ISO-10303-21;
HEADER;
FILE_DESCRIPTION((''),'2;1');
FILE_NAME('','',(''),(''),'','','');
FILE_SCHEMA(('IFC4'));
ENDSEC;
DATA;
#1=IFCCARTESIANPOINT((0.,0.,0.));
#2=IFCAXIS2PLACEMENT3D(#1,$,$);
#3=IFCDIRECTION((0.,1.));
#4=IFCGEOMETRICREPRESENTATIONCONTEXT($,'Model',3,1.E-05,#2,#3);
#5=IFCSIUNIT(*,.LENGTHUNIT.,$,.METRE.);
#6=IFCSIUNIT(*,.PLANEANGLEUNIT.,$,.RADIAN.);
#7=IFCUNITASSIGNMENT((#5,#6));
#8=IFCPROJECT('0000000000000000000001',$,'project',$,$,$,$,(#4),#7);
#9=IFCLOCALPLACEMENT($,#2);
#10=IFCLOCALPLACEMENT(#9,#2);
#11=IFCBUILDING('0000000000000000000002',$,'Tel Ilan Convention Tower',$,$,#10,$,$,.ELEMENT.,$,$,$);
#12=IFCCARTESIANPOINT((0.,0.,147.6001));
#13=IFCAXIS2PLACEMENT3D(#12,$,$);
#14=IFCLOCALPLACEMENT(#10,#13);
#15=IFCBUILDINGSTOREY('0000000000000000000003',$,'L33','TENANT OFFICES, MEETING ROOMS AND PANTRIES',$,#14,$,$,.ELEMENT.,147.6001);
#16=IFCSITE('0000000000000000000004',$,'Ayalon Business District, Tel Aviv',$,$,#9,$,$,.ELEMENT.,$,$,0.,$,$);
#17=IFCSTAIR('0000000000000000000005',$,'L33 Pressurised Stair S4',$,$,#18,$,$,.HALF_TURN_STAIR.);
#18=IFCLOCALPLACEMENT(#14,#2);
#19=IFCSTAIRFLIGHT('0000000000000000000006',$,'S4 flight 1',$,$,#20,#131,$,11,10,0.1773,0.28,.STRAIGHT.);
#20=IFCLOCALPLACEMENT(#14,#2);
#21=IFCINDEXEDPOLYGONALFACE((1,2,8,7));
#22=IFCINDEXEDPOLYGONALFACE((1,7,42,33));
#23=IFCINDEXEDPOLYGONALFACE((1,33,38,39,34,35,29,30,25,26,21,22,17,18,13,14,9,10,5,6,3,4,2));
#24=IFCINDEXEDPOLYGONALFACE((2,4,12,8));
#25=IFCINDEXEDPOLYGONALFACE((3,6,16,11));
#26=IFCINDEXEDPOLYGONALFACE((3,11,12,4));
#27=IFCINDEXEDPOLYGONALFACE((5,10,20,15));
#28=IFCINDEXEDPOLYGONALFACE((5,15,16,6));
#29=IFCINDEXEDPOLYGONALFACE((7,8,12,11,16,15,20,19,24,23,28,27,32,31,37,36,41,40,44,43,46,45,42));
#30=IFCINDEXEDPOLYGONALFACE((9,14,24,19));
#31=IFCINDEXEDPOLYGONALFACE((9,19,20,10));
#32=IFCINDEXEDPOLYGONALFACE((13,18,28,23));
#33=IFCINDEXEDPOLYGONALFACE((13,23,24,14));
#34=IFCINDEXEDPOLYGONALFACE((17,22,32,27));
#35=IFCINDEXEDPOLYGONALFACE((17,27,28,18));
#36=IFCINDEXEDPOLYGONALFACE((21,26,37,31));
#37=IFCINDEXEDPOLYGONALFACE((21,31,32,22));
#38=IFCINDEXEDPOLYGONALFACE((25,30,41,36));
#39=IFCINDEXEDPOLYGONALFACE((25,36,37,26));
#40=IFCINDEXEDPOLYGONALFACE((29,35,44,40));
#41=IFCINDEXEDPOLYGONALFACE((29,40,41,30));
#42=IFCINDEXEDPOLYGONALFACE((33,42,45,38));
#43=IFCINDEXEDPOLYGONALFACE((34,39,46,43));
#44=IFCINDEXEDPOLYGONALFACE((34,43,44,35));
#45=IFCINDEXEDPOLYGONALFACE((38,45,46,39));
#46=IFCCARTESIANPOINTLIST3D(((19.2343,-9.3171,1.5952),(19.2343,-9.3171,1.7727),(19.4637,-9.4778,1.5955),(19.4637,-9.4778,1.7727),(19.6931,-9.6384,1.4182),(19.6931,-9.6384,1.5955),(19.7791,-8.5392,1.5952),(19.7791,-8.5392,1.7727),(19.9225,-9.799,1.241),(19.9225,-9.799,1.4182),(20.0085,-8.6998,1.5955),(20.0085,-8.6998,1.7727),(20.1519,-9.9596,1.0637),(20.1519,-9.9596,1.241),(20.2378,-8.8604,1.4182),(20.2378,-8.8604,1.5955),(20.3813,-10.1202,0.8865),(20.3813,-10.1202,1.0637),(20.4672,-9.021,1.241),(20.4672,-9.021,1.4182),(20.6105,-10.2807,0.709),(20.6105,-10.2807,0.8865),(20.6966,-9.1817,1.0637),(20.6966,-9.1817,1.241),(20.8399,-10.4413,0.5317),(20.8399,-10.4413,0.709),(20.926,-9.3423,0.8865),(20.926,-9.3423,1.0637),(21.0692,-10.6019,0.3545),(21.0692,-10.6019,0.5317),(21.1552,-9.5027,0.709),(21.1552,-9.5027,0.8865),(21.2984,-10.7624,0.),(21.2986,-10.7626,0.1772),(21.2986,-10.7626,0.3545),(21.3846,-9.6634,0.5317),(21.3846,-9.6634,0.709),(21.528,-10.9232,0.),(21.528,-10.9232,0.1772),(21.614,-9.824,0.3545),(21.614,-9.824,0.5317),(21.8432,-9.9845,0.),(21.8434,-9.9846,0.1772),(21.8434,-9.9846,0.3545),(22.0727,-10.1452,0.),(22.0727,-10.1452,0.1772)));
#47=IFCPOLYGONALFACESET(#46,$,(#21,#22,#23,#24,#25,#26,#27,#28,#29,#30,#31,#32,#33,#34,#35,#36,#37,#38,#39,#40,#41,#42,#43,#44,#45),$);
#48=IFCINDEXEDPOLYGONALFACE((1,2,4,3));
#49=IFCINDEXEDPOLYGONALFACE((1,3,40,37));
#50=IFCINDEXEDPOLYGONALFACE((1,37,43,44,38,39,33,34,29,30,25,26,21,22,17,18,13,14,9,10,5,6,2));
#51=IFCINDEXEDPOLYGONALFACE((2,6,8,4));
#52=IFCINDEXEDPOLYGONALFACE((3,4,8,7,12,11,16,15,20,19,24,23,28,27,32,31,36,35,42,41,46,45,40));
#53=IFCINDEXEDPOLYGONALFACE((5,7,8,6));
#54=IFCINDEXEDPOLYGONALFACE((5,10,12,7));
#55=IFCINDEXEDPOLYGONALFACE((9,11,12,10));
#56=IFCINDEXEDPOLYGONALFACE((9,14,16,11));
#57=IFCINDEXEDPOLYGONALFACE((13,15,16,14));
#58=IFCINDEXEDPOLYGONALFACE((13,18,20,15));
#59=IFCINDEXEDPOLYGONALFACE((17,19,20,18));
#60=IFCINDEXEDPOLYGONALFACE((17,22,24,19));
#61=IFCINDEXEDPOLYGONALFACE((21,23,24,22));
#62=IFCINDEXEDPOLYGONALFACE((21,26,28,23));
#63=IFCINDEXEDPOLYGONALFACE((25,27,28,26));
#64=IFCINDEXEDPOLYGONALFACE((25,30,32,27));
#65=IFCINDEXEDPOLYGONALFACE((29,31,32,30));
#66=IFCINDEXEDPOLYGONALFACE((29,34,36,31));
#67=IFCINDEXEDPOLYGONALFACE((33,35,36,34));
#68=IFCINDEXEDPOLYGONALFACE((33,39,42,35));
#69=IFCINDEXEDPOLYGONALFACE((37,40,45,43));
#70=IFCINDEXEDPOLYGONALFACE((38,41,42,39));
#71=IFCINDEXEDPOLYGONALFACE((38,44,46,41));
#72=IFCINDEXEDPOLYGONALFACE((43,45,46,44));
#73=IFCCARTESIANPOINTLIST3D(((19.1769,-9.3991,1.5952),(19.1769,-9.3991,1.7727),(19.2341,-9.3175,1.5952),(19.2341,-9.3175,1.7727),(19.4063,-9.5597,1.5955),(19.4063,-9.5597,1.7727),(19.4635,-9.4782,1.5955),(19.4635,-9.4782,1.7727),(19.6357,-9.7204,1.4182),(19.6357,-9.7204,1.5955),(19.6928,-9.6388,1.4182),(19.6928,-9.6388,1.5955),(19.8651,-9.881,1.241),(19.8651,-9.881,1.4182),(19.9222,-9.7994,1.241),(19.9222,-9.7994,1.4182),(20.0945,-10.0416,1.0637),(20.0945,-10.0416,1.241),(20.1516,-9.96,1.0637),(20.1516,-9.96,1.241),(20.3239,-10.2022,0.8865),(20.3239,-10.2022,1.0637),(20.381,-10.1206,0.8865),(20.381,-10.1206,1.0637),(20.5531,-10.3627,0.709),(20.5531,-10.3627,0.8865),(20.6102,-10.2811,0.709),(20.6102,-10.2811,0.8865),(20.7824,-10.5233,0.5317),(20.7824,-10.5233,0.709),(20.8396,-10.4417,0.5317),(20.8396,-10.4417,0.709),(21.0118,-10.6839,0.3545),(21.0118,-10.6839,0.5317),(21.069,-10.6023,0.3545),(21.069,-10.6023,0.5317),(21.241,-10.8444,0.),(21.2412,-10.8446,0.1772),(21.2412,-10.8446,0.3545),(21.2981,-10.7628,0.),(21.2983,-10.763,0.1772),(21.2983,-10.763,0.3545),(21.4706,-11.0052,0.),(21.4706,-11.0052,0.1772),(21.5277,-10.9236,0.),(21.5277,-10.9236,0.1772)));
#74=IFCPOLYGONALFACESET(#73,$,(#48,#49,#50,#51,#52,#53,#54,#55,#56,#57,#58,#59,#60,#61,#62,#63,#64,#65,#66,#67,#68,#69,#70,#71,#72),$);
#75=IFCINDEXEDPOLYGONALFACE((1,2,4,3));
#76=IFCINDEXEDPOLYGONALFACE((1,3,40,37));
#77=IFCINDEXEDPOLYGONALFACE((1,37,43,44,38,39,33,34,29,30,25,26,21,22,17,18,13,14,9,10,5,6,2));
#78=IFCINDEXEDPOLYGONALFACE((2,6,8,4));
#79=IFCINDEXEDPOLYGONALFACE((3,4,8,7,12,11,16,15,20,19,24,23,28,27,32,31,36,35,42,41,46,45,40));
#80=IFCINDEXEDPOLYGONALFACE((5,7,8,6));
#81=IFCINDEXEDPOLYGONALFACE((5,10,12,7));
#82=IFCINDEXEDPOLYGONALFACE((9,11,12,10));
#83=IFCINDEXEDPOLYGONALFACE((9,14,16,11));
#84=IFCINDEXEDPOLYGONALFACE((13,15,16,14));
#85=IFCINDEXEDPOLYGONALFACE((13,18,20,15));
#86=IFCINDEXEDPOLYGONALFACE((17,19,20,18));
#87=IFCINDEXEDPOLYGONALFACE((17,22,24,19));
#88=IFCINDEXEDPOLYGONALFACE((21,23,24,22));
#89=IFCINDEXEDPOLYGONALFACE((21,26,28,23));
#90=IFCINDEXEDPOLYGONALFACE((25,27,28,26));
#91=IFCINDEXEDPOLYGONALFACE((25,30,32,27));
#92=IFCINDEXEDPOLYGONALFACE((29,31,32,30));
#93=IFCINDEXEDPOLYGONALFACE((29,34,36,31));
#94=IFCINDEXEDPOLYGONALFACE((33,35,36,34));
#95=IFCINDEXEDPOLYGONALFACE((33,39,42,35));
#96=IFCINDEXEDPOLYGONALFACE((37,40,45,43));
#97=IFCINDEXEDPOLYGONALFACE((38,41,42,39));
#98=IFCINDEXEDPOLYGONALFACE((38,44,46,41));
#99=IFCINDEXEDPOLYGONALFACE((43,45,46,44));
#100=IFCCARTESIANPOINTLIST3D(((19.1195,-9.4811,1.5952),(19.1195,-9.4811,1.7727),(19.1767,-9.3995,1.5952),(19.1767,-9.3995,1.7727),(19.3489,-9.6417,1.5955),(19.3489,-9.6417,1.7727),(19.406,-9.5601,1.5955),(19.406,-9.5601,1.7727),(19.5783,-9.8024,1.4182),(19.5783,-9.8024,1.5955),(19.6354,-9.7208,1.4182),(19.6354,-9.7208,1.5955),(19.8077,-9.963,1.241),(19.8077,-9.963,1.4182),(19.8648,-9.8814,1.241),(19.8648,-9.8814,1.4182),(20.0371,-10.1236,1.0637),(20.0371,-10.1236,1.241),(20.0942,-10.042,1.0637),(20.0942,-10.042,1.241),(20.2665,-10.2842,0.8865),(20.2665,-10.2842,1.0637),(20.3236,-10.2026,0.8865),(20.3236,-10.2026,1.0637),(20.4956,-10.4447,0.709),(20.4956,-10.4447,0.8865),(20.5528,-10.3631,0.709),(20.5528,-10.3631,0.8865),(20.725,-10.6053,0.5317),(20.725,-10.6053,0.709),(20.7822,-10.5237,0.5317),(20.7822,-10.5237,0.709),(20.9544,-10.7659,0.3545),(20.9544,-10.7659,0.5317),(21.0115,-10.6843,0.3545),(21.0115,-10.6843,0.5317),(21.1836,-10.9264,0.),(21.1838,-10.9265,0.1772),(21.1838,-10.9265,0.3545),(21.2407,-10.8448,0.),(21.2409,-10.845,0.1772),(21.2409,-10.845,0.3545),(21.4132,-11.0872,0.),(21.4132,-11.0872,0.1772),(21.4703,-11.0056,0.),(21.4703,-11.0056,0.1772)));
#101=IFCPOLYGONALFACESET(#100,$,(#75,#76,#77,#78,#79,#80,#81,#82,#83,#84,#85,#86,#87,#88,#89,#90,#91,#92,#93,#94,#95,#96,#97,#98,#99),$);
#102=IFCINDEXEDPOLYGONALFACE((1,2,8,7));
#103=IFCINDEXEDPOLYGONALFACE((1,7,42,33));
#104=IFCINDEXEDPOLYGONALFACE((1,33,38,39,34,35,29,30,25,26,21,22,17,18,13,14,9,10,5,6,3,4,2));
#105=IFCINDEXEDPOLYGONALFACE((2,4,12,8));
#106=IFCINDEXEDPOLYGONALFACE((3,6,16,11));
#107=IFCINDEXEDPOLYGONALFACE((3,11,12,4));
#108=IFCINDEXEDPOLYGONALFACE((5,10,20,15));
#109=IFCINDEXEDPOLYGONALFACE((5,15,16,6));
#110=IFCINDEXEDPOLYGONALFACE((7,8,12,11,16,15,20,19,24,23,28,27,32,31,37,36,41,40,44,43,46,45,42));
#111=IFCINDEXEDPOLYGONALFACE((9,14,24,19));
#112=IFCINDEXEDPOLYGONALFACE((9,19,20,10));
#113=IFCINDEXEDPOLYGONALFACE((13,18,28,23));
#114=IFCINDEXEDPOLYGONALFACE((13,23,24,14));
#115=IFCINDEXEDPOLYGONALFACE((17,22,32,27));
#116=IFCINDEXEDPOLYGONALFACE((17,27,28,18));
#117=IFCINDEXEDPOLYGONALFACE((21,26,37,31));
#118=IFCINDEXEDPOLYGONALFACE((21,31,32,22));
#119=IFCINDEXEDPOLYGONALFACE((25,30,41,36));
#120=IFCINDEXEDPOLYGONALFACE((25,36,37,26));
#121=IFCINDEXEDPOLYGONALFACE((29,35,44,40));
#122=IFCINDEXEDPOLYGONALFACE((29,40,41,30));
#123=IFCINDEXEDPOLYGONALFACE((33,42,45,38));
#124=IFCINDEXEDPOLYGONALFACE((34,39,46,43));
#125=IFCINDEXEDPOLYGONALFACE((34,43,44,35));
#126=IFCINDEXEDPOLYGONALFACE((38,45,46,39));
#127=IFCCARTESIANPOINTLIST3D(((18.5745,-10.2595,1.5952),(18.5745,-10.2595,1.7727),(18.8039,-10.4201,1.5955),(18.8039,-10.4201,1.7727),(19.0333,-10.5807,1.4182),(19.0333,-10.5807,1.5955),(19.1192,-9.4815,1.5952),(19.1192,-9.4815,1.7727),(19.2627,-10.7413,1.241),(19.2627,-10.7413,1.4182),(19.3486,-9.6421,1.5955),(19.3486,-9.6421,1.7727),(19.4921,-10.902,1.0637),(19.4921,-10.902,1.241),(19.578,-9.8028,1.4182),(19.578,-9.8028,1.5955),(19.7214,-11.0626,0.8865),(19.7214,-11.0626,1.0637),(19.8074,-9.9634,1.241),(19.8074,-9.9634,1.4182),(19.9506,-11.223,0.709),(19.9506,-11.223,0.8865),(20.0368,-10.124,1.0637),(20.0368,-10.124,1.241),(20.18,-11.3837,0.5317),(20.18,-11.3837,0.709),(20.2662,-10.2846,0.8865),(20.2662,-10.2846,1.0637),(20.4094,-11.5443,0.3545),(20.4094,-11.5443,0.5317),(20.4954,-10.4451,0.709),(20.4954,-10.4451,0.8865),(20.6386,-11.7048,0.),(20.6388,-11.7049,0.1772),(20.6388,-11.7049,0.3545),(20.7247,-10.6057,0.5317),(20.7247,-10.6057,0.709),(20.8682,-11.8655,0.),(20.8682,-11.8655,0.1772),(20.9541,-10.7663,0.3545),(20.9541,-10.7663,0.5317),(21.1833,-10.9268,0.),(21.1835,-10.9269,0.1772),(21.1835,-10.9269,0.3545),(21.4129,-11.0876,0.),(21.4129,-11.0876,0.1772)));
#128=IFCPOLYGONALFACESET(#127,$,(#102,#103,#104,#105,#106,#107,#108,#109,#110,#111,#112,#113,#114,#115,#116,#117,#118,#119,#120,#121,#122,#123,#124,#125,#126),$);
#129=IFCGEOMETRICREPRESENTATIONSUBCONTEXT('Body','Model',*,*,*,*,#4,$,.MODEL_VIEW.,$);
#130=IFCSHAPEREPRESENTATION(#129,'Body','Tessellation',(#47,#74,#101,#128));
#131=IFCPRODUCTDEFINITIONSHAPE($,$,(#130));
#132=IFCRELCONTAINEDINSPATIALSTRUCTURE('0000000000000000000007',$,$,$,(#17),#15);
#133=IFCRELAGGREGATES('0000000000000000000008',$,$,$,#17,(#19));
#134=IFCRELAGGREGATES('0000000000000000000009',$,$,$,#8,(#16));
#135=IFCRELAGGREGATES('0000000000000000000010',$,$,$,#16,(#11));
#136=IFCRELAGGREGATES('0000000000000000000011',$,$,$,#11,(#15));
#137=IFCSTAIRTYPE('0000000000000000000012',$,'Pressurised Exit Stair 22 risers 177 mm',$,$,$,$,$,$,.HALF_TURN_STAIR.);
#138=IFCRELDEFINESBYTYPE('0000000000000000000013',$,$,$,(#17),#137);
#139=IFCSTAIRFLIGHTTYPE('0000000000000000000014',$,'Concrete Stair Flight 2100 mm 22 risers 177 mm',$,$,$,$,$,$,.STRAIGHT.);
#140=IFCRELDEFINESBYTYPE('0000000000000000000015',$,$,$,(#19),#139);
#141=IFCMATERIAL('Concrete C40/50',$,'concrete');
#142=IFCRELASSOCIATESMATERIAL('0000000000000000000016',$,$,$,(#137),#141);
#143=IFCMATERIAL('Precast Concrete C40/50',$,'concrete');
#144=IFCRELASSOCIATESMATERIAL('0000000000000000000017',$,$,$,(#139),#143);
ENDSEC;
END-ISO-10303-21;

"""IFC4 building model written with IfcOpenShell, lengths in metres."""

from ifc_helpers import new_model, si_unit, direction, frame, origin, place, context, subcontext, project, spatial, polyline, outline, extrude, material, type_object, element, aggregate, save


model = new_model("IFC4")

# Units and contexts
model_context = context("Model", 3, precision=1e-05, world=origin(), true_north=direction((0.0, 1.0)))
body_context = subcontext(model_context, "Body", "Model", "MODEL_VIEW")
ifc_project = project(units=[si_unit("LENGTHUNIT", "METRE"), si_unit("PLANEANGLEUNIT", "RADIAN")], contexts=[model_context])

# Site, building, storey
site_placement = place(None, origin())
site = spatial("IfcSite", under=ifc_project, at=site_placement, Name="Ayalon Business District, Tel Aviv", CompositionType="ELEMENT", RefElevation=0.0)
building_placement = place(site_placement, origin())
building = spatial("IfcBuilding", under=site, at=building_placement, Name="Tel Ilan Convention Tower", CompositionType="ELEMENT")
storey_placement = place(building_placement, frame((0.0, 0.0, 147.6001)))
storey = spatial("IfcBuildingStorey", under=building, at=storey_placement, Name="L33", Description="TENANT OFFICES, MEETING ROOMS AND PANTRIES", CompositionType="ELEMENT", Elevation=147.6001)

# Shared definitions
ifc_material_1 = material(Name="Concrete C40/50", Category="concrete")
stair_type = type_object("IfcStairType", Name="Pressurised Exit Stair 22 risers 177 mm", PredefinedType="HALF_TURN_STAIR", material=ifc_material_1)
ifc_material_2 = material(Name="Precast Concrete C40/50", Category="concrete")
stair_flight_type = type_object("IfcStairFlightType", Name="Concrete Stair Flight 2100 mm 22 risers 177 mm", PredefinedType="STRAIGHT", material=ifc_material_2)

# Stair, stair flight
stair_1_placement = place(storey_placement, origin())
stair_1 = element("IfcStair", 1, at=stair_1_placement, inside=storey, type_object=stair_type, Name="L33 Pressurised Stair S4", PredefinedType="HALF_TURN_STAIR")
stair_flight_1_placement = place(storey_placement, frame((21.4705, -11.0054, 0.0), z_axis=(0.0, 0.0, 1.0), x_axis=(-0.819152, 0.573576, 0.0)))
stair_flight_1 = element("IfcStairFlight", 2, at=stair_flight_1_placement, type_object=stair_flight_type, Name="S4 flight 1", NumberOfRisers=11, NumberOfTreads=10, PredefinedType="STRAIGHT", RiserHeight=0.1773, TreadLength=0.28, context=body_context, shape_type="SweptSolid", body=[
    extrude(outline(polyline([(0.0, 0.0), (0.0, 0.1772), (0.28, 0.1772), (0.28, 0.3545), (0.5601, 0.3545), (0.5601, 0.5317), (0.8401, 0.5317), (0.8401, 0.709), (1.1201, 0.709), (1.1201, 0.8865), (1.3999, 0.8865), (1.3999, 1.0637), (1.6799, 1.0637), (1.6799, 1.241), (1.96, 1.241), (1.96, 1.4182), (2.24, 1.4182), (2.24, 1.5955), (2.52, 1.5955), (2.52, 1.7727), (2.8, 1.7727), (2.8, 1.95), (2.8, 1.5952), (0.2803, 0.0), (0.0, 0.0)])), frame((0.0, -0.1003, 0.0), z_axis=(0.0, -1.0, 0.0), x_axis=(1.0, 0.0, 0.0)), (0.0, 0.0, 1.0), 0.9497),
    extrude(outline(polyline([(0.0, 0.0), (0.0, 0.1772), (0.28, 0.1772), (0.28, 0.3545), (0.5601, 0.3545), (0.5601, 0.5317), (0.8401, 0.5317), (0.8401, 0.709), (1.1201, 0.709), (1.1201, 0.8865), (1.3999, 0.8865), (1.3999, 1.0637), (1.6799, 1.0637), (1.6799, 1.241), (1.96, 1.241), (1.96, 1.4182), (2.24, 1.4182), (2.24, 1.5955), (2.52, 1.5955), (2.52, 1.7727), (2.8, 1.7727), (2.8, 1.95), (2.8, 1.5952), (0.2803, 0.0), (0.0, 0.0)])), frame((0.0, -0.0002, 0.0), z_axis=(0.0, -1.0, 0.0), x_axis=(1.0, 0.0, 0.0)), (0.0, 0.0, 1.0), 0.0996),
    extrude(outline(polyline([(0.0, 0.0), (0.0, 0.1772), (0.28, 0.1772), (0.28, 0.3545), (0.5601, 0.3545), (0.5601, 0.5317), (0.8401, 0.5317), (0.8401, 0.709), (1.1201, 0.709), (1.1201, 0.8865), (1.3999, 0.8865), (1.3999, 1.0637), (1.6799, 1.0637), (1.6799, 1.241), (1.96, 1.241), (1.96, 1.4182), (2.24, 1.4182), (2.24, 1.5955), (2.52, 1.5955), (2.52, 1.7727), (2.8, 1.7727), (2.8, 1.95), (2.8, 1.5952), (0.2803, 0.0), (0.0, 0.0)])), frame((0.0, 0.0999, 0.0), z_axis=(0.0, -1.0, 0.0), x_axis=(1.0, 0.0, 0.0)), (0.0, 0.0, 1.0), 0.0996),
    extrude(outline(polyline([(0.0, 0.0), (0.0, 0.1772), (0.28, 0.1772), (0.28, 0.3545), (0.5601, 0.3545), (0.5601, 0.5317), (0.8401, 0.5317), (0.8401, 0.709), (1.1201, 0.709), (1.1201, 0.8865), (1.3999, 0.8865), (1.3999, 1.0637), (1.6799, 1.0637), (1.6799, 1.241), (1.96, 1.241), (1.96, 1.4182), (2.24, 1.4182), (2.24, 1.5955), (2.52, 1.5955), (2.52, 1.7727), (2.8, 1.7727), (2.8, 1.95), (2.8, 1.5952), (0.2803, 0.0), (0.0, 0.0)])), frame((0.0, 1.05, 0.0), z_axis=(0.0, -1.0, 0.0), x_axis=(1.0, 0.0, 0.0)), (0.0, 0.0, 1.0), 0.9497),
])
aggregate(stair_1, [stair_flight_1])

save(model, "model.ifc")
